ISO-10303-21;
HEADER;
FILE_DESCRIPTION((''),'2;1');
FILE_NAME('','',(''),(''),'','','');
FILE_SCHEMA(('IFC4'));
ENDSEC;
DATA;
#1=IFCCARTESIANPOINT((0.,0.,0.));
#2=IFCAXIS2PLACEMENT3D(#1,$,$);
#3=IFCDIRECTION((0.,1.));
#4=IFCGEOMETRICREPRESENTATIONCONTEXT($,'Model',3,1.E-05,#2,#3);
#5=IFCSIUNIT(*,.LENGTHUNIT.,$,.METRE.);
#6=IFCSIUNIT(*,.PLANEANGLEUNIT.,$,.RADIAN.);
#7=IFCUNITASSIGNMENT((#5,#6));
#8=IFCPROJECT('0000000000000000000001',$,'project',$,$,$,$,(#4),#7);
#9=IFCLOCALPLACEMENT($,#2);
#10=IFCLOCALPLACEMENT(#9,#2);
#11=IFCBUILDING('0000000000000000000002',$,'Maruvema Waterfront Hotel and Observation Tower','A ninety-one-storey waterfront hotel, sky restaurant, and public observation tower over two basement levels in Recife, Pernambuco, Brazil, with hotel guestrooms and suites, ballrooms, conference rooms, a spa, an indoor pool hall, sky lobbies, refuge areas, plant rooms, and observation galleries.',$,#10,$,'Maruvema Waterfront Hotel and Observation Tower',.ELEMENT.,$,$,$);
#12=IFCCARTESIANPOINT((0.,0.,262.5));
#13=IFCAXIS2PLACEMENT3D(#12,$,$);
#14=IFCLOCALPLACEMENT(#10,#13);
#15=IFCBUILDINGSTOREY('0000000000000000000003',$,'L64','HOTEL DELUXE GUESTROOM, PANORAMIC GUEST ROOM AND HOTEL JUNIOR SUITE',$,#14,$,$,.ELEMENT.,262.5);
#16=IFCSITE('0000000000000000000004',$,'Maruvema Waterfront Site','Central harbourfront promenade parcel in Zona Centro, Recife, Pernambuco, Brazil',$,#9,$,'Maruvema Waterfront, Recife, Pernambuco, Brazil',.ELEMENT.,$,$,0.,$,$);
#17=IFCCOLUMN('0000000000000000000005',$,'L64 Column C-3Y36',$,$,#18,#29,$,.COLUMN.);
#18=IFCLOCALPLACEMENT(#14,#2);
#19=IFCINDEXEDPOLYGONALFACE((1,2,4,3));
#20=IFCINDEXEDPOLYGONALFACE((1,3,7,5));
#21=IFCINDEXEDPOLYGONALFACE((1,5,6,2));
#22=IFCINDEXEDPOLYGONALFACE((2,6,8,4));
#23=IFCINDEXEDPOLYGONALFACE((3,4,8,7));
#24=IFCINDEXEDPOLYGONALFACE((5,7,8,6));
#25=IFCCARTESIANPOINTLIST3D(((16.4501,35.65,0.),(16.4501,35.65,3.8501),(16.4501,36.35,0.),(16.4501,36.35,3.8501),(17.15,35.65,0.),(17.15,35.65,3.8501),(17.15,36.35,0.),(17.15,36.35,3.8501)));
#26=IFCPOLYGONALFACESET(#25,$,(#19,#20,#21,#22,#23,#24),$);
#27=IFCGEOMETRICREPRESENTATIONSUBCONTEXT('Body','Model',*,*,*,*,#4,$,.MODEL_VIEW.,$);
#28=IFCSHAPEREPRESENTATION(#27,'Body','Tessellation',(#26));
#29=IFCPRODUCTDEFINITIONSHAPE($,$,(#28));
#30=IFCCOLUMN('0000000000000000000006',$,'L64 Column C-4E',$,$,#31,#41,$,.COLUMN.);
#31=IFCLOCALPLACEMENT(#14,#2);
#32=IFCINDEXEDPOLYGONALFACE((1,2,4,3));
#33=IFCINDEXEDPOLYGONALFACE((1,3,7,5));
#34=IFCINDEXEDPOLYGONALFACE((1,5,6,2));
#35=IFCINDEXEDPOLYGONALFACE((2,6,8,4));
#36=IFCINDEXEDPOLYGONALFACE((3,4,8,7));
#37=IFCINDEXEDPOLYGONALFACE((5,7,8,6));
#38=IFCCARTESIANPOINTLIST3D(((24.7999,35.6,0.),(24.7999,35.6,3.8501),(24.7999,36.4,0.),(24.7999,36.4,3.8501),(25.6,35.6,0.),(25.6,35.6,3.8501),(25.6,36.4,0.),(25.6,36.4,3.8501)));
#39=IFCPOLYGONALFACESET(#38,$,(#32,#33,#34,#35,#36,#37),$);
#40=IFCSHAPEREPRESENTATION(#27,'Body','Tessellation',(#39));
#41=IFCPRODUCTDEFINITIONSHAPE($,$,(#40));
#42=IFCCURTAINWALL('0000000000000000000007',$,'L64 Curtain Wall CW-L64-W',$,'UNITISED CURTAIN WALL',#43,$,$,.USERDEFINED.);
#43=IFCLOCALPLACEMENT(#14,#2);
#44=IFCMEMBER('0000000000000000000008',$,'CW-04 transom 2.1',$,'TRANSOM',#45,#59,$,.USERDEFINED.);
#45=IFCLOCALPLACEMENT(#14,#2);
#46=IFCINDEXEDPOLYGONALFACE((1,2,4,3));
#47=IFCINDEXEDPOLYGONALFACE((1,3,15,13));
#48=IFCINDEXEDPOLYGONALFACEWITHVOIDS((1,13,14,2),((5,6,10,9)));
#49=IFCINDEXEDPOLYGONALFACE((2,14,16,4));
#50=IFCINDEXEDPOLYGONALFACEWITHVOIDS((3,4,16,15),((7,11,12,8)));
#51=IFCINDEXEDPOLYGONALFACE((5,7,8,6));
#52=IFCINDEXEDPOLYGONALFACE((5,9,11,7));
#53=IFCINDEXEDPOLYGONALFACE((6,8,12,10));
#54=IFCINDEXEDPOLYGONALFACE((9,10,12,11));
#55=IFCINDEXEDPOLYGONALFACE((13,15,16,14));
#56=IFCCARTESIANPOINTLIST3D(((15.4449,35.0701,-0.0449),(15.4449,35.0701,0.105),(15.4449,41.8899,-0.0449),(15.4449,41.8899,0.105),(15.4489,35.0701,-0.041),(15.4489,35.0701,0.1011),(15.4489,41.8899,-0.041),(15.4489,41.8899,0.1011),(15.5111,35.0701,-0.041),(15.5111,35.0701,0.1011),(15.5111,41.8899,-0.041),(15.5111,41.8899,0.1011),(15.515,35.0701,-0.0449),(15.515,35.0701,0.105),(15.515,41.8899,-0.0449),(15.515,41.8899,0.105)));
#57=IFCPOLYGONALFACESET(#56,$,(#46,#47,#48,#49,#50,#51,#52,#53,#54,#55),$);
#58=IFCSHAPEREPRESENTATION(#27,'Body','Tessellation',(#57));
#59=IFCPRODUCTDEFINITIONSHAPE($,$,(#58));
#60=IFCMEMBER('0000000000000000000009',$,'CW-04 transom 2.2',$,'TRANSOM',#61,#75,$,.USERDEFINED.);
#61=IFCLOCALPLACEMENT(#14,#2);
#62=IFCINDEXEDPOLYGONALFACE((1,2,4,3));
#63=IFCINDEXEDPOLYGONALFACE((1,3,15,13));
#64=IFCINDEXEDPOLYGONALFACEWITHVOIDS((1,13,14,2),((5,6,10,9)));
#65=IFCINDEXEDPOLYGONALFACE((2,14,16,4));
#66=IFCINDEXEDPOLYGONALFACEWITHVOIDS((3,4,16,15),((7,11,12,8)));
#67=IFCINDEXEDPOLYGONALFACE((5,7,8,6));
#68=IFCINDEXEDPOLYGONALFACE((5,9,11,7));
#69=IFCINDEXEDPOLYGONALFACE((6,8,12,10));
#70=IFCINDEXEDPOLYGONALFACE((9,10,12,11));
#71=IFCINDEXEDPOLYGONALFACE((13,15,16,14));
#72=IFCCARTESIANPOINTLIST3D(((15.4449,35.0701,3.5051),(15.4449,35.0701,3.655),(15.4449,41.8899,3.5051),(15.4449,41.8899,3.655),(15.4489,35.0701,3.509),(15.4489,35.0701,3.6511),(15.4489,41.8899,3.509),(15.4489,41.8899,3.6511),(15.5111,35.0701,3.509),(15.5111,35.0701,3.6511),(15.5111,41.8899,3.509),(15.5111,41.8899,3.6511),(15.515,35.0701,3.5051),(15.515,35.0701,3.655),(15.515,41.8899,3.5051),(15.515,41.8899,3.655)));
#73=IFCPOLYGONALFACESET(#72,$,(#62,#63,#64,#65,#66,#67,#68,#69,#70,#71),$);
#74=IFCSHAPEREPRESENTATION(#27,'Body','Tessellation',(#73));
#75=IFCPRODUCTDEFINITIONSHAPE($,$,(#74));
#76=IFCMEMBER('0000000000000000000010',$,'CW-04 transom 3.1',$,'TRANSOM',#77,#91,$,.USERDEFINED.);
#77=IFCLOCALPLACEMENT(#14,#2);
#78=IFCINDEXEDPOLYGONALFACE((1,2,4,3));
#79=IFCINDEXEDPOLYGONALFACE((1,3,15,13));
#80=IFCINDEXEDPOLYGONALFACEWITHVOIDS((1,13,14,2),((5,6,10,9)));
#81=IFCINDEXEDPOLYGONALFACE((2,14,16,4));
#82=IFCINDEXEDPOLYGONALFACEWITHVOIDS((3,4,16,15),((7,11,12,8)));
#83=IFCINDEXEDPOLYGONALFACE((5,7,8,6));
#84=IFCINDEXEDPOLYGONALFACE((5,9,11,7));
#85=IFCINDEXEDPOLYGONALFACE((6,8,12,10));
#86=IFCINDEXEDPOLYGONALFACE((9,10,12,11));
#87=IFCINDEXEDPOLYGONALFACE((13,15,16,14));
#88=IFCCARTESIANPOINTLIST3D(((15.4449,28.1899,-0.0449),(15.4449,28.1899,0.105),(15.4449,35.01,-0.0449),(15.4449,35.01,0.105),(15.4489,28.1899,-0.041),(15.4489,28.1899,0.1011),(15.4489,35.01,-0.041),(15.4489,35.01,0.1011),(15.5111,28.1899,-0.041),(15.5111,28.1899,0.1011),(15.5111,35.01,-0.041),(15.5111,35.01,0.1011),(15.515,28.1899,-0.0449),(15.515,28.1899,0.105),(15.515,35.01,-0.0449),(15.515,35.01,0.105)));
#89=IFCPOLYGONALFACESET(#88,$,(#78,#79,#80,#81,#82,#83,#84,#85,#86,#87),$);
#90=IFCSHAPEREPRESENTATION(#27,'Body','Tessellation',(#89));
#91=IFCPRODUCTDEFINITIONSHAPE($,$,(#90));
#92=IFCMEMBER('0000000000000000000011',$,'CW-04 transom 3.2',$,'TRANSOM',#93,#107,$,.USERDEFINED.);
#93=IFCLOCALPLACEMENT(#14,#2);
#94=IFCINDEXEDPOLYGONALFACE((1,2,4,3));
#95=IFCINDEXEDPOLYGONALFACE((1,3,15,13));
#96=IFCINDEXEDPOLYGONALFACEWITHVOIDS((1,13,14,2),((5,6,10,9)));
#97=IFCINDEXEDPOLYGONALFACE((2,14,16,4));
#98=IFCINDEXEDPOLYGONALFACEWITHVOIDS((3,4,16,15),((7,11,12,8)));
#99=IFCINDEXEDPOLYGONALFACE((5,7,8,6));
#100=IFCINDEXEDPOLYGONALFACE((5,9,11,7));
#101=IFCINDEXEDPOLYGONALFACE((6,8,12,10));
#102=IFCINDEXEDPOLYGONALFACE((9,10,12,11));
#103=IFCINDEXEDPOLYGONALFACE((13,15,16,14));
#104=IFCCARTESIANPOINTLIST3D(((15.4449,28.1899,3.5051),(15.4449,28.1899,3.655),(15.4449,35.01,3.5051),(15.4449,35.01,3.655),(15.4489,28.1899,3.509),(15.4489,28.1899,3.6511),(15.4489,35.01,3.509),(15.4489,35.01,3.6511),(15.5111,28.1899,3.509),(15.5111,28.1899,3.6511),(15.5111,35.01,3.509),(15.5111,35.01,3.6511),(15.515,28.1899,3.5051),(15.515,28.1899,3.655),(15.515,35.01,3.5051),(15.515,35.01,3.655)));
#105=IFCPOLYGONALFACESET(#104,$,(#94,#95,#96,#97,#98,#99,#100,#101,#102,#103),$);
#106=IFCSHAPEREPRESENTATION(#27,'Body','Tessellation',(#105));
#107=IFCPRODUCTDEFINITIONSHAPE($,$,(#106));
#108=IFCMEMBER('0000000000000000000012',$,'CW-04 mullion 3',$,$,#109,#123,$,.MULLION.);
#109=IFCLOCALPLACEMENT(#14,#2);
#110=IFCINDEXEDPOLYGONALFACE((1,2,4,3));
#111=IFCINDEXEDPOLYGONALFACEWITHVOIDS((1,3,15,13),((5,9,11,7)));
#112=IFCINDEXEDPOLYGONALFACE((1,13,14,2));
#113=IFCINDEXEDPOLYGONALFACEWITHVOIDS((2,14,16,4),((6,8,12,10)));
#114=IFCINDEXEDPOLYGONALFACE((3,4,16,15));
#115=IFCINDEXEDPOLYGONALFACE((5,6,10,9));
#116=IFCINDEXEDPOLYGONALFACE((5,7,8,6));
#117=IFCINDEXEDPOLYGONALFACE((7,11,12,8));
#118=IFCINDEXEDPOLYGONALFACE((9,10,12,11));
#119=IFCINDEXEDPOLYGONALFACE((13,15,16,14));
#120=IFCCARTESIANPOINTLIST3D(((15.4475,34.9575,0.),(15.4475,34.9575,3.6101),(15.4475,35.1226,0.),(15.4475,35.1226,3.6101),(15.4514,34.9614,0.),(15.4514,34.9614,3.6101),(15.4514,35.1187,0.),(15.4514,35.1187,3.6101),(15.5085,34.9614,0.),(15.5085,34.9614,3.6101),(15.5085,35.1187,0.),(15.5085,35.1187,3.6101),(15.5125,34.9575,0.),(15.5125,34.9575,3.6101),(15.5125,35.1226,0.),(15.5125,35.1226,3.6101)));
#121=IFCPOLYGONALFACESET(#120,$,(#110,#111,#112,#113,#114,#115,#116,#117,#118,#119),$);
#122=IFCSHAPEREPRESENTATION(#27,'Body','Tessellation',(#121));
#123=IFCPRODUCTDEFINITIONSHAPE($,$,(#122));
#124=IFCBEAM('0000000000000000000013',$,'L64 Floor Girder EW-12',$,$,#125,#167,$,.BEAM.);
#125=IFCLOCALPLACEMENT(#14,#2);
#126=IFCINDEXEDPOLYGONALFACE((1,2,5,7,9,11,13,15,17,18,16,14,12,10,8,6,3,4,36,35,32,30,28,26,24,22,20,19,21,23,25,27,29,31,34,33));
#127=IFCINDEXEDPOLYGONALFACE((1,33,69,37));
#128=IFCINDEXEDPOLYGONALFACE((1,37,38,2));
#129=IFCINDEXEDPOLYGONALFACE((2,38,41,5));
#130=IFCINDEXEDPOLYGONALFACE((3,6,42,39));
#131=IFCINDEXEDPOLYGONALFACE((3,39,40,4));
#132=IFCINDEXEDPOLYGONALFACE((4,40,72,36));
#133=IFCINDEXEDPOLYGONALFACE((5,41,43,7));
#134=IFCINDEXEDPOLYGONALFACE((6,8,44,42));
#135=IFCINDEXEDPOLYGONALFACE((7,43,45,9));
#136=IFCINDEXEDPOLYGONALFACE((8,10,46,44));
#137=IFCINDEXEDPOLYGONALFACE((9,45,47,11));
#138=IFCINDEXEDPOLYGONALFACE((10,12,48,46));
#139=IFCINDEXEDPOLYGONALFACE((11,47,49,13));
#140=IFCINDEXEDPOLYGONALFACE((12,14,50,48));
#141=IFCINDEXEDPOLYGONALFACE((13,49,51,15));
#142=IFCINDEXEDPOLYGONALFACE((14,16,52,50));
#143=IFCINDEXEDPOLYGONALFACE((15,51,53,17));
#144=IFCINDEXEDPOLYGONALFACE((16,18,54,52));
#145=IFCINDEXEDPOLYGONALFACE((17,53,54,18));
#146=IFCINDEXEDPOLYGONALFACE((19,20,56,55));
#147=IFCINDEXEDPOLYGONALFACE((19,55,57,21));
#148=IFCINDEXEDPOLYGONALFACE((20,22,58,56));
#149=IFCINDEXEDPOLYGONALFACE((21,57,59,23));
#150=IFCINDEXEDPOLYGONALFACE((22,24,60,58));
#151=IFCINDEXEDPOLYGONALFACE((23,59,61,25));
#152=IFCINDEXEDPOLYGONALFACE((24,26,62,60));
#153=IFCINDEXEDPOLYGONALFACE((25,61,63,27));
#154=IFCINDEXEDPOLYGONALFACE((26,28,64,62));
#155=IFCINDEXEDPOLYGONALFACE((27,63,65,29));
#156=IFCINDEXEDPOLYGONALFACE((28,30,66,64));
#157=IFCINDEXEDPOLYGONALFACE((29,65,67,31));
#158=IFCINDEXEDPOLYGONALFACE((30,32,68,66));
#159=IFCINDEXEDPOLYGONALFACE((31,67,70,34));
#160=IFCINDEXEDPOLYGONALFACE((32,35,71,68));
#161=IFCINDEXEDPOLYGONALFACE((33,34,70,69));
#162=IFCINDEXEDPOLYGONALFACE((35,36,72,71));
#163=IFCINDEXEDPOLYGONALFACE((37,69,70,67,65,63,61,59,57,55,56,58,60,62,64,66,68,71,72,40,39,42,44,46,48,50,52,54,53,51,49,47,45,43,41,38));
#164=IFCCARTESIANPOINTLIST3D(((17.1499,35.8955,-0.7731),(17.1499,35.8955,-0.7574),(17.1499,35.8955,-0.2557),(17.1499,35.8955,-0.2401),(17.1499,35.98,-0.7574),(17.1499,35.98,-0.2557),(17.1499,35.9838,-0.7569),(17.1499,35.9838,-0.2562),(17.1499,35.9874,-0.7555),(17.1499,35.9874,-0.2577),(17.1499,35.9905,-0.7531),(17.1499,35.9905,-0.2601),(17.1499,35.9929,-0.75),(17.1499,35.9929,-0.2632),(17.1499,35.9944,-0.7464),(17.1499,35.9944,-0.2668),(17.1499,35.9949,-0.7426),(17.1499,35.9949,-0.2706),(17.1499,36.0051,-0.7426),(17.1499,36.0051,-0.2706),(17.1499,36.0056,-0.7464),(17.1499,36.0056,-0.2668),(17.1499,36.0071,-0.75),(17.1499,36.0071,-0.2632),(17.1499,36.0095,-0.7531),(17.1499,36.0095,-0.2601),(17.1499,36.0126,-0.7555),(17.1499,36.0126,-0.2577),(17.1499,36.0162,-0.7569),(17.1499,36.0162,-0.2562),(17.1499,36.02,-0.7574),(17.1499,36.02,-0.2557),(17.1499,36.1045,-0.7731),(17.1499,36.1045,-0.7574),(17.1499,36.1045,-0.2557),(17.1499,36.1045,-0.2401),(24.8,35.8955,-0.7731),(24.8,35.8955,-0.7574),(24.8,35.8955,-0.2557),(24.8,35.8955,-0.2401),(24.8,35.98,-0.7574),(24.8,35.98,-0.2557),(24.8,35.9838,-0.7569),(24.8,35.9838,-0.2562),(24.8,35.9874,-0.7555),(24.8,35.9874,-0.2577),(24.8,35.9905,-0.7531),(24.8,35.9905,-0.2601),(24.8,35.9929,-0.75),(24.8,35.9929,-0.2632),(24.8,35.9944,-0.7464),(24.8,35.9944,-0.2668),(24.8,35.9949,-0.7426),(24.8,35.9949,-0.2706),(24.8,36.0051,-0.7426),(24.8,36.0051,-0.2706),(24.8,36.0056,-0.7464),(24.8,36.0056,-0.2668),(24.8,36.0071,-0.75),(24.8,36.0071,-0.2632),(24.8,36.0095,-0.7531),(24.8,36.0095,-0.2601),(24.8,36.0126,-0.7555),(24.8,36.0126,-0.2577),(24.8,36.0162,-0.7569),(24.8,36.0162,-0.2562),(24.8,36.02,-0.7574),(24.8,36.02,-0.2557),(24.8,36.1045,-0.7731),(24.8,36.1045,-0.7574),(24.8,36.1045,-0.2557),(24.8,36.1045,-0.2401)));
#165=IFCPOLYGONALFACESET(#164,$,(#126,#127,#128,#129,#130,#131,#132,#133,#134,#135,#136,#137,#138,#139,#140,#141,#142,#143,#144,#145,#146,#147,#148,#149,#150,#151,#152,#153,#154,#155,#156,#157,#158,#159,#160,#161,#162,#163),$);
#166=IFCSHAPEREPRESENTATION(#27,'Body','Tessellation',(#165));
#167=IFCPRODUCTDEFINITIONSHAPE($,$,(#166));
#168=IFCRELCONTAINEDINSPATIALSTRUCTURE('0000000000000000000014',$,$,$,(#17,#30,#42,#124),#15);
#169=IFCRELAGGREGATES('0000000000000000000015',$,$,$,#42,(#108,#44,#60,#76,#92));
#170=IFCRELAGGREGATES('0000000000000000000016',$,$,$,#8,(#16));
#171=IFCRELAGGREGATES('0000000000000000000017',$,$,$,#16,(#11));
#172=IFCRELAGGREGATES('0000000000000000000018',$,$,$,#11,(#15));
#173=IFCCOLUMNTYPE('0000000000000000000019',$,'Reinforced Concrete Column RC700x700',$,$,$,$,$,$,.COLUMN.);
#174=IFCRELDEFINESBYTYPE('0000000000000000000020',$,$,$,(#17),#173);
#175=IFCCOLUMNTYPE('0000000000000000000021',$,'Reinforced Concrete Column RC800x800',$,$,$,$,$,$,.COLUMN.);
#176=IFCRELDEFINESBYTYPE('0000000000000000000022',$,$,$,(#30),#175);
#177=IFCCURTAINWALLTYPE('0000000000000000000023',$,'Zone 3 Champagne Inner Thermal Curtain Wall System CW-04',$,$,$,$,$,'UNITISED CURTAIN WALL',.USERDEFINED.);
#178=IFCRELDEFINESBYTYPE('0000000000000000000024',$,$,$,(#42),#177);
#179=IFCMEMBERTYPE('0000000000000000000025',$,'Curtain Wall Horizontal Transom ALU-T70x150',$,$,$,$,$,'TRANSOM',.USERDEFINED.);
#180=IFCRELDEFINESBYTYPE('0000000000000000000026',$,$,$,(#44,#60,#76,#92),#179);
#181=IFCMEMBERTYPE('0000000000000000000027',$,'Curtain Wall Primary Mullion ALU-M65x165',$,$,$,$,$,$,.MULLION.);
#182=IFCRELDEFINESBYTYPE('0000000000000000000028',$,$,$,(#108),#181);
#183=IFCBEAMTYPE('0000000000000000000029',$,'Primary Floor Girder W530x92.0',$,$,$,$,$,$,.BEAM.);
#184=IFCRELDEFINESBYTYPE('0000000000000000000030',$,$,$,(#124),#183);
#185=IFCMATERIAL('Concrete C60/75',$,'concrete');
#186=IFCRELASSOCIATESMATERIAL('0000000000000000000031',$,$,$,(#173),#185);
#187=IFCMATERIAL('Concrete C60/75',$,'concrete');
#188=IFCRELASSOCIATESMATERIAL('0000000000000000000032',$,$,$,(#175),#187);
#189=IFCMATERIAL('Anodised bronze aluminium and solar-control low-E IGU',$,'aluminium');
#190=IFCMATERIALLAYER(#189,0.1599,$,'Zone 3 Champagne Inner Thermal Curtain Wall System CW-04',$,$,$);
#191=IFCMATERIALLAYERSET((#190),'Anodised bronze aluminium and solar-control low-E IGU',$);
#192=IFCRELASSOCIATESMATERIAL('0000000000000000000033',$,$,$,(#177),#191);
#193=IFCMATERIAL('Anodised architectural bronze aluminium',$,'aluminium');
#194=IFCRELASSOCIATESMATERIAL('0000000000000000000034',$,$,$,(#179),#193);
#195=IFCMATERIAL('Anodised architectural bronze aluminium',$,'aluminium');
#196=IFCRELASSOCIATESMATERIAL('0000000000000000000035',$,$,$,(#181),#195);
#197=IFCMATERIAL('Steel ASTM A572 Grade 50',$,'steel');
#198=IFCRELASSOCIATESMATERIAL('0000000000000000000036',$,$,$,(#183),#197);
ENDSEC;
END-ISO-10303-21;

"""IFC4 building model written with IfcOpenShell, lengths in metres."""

from ifc_helpers import new_model, si_unit, direction, frame, origin, origin_2d, place, context, subcontext, project, spatial, rectangle, hollow_rectangle, i_section, extrude, material, layer, layer_set, material_profile, profile_set, type_object, element, aggregate, save


model = new_model("IFC4")

# Units and contexts
model_context = context("Model", 3, precision=1e-05, world=origin(), true_north=direction((0.0, 1.0)))
body_context = subcontext(model_context, "Body", "Model", "MODEL_VIEW")
ifc_project = project(units=[si_unit("LENGTHUNIT", "METRE"), si_unit("PLANEANGLEUNIT", "RADIAN")], contexts=[model_context])

# Site, building, storey
site_placement = place(None, origin())
site = spatial("IfcSite", under=ifc_project, at=site_placement, Name="Maruvema Waterfront Site", Description="Central harbourfront promenade parcel in Zona Centro, Recife, Pernambuco, Brazil", LongName="Maruvema Waterfront, Recife, Pernambuco, Brazil", CompositionType="ELEMENT", RefElevation=0.0)
building_placement = place(site_placement, origin())
building = spatial("IfcBuilding", under=site, at=building_placement, Name="Maruvema Waterfront Hotel and Observation Tower", Description="A ninety-one-storey waterfront hotel, sky restaurant, and public observation tower over two basement levels in Recife, Pernambuco, Brazil, with hotel guestrooms and suites, ballrooms, conference rooms, a spa, an indoor pool hall, sky lobbies, refuge areas, plant rooms, and observation galleries.", LongName="Maruvema Waterfront Hotel and Observation Tower", CompositionType="ELEMENT")
storey_placement = place(building_placement, frame((0.0, 0.0, 262.5)))
storey = spatial("IfcBuildingStorey", under=building, at=storey_placement, Name="L64", Description="HOTEL DELUXE GUESTROOM, PANORAMIC GUEST ROOM AND HOTEL JUNIOR SUITE", CompositionType="ELEMENT", Elevation=262.5)

# Columns
ifc_material_1 = material(Name="Concrete C60/75", Category="concrete")
ifc_material_profile_1 = material_profile(ifc_material_1, rectangle(XDim=0.7, YDim=0.7, at=origin_2d()), Name="RC700x700")
ifc_profile_set_1 = profile_set([ifc_material_profile_1], Name="Concrete C60/75")
column_type_1 = type_object("IfcColumnType", Name="Reinforced Concrete Column RC700x700", PredefinedType="COLUMN", material=ifc_profile_set_1)
column_1_placement = place(storey_placement, frame((16.8, 36.0, 0.0), z_axis=(0.0, 0.0, 1.0), x_axis=(1.0, 0.0, 0.0)))
element("IfcColumn", 1, at=column_1_placement, inside=storey, type_object=column_type_1, Name="L64 Column C-3Y36", PredefinedType="COLUMN", context=body_context, shape_type="SweptSolid", body=[
    extrude(rectangle(XDim=0.7, YDim=0.7, at=origin_2d()), origin(), (0.0, 0.0, 1.0), 3.8501),
])
ifc_material_2 = material(Name="Concrete C60/75", Category="concrete")
ifc_material_profile_2 = material_profile(ifc_material_2, rectangle(XDim=0.8, YDim=0.8, at=origin_2d()), Name="RC800x800")
ifc_profile_set_2 = profile_set([ifc_material_profile_2], Name="Concrete C60/75")
column_type_2 = type_object("IfcColumnType", Name="Reinforced Concrete Column RC800x800", PredefinedType="COLUMN", material=ifc_profile_set_2)
column_2_placement = place(storey_placement, frame((25.2, 36.0, 0.0), z_axis=(0.0, 0.0, 1.0), x_axis=(1.0, 0.0, 0.0)))
element("IfcColumn", 2, at=column_2_placement, inside=storey, type_object=column_type_2, Name="L64 Column C-4E", PredefinedType="COLUMN", context=body_context, shape_type="SweptSolid", body=[
    extrude(rectangle(XDim=0.8, YDim=0.8, at=origin_2d()), origin(), (0.0, 0.0, 1.0), 3.8501),
])

# Curtain wall, members
ifc_material_3 = material(Name="Anodised bronze aluminium and solar-control low-E IGU", Category="aluminium")
ifc_layer_1 = layer(ifc_material_3, 0.1599, Name="Zone 3 Champagne Inner Thermal Curtain Wall System CW-04")
ifc_layer_set_1 = layer_set([ifc_layer_1], Name="Anodised bronze aluminium and solar-control low-E IGU")
curtain_wall_type = type_object("IfcCurtainWallType", Name="Zone 3 Champagne Inner Thermal Curtain Wall System CW-04", ElementType="UNITISED CURTAIN WALL", PredefinedType="USERDEFINED", material=ifc_layer_set_1)
curtain_wall_placement = place(storey_placement, origin())
curtain_wall = element("IfcCurtainWall", 3, at=curtain_wall_placement, inside=storey, type_object=curtain_wall_type, Name="L64 Curtain Wall CW-L64-W", ObjectType="UNITISED CURTAIN WALL", PredefinedType="USERDEFINED")
ifc_material_4 = material(Name="Anodised architectural bronze aluminium", Category="aluminium")
ifc_material_profile_3 = material_profile(ifc_material_4, hollow_rectangle(XDim=0.0701, YDim=0.1499, WallThickness=0.0039, at=origin_2d()), Name="ALU-T70x150")
ifc_profile_set_3 = profile_set([ifc_material_profile_3], Name="Anodised architectural bronze aluminium")
member_type_1 = type_object("IfcMemberType", Name="Curtain Wall Horizontal Transom ALU-T70x150", ElementType="TRANSOM", PredefinedType="USERDEFINED", material=ifc_profile_set_3)
member_1_placement = place(storey_placement, frame((15.48, 41.8899, 0.03), z_axis=(0.0, -1.0, 0.0), x_axis=(1.0, 0.0, 0.0)))
member_1 = element("IfcMember", 4, at=member_1_placement, type_object=member_type_1, Name="CW-04 transom 2.1", ObjectType="TRANSOM", PredefinedType="USERDEFINED", context=body_context, shape_type="SweptSolid", body=[
    extrude(hollow_rectangle(XDim=0.0701, YDim=0.1499, WallThickness=0.0039, at=origin_2d()), origin(), (0.0, 0.0, 1.0), 6.8198),
])
member_2_placement = place(storey_placement, frame((15.48, 41.8899, 3.5801), z_axis=(0.0, -1.0, 0.0), x_axis=(1.0, 0.0, 0.0)))
member_2 = element("IfcMember", 5, at=member_2_placement, type_object=member_type_1, Name="CW-04 transom 2.2", ObjectType="TRANSOM", PredefinedType="USERDEFINED", context=body_context, shape_type="SweptSolid", body=[
    extrude(hollow_rectangle(XDim=0.0701, YDim=0.1499, WallThickness=0.0039, at=origin_2d()), origin(), (0.0, 0.0, 1.0), 6.8198),
])
member_3_placement = place(storey_placement, frame((15.48, 35.01, 0.03), z_axis=(0.0, -1.0, 0.0), x_axis=(1.0, 0.0, 0.0)))
member_3 = element("IfcMember", 6, at=member_3_placement, type_object=member_type_1, Name="CW-04 transom 3.1", ObjectType="TRANSOM", PredefinedType="USERDEFINED", context=body_context, shape_type="SweptSolid", body=[
    extrude(hollow_rectangle(XDim=0.0701, YDim=0.1499, WallThickness=0.0039, at=origin_2d()), origin(), (0.0, 0.0, 1.0), 6.8201),
])
member_4_placement = place(storey_placement, frame((15.48, 35.01, 3.5801), z_axis=(0.0, -1.0, 0.0), x_axis=(1.0, 0.0, 0.0)))
member_4 = element("IfcMember", 7, at=member_4_placement, type_object=member_type_1, Name="CW-04 transom 3.2", ObjectType="TRANSOM", PredefinedType="USERDEFINED", context=body_context, shape_type="SweptSolid", body=[
    extrude(hollow_rectangle(XDim=0.0701, YDim=0.1499, WallThickness=0.0039, at=origin_2d()), origin(), (0.0, 0.0, 1.0), 6.8201),
])
ifc_material_5 = material(Name="Anodised architectural bronze aluminium", Category="aluminium")
ifc_material_profile_4 = material_profile(ifc_material_5, hollow_rectangle(XDim=0.0649, YDim=0.165, WallThickness=0.0039, at=origin_2d()), Name="ALU-M65x165")
ifc_profile_set_4 = profile_set([ifc_material_profile_4], Name="Anodised architectural bronze aluminium")
member_type_2 = type_object("IfcMemberType", Name="Curtain Wall Primary Mullion ALU-M65x165", PredefinedType="MULLION", material=ifc_profile_set_4)
member_5_placement = place(storey_placement, frame((15.48, 35.04, 0.0), z_axis=(0.0, 0.0, 1.0), x_axis=(1.0, 0.0, 0.0)))
member_5 = element("IfcMember", 8, at=member_5_placement, type_object=member_type_2, Name="CW-04 mullion 3", PredefinedType="MULLION", context=body_context, shape_type="SweptSolid", body=[
    extrude(hollow_rectangle(XDim=0.0649, YDim=0.165, WallThickness=0.0039, at=origin_2d()), origin(), (0.0, 0.0, 1.0), 3.6101),
])

# Beam
ifc_material_6 = material(Name="Steel ASTM A572 Grade 50", Category="steel")
ifc_material_profile_5 = material_profile(ifc_material_6, i_section(OverallWidth=0.209, OverallDepth=0.533, WebThickness=0.0103, FlangeThickness=0.0156, FilletRadius=0.0149, at=origin_2d()), Name="W530x92.0")
ifc_profile_set_5 = profile_set([ifc_material_profile_5], Name="Steel ASTM A572 Grade 50")
beam_type_1 = type_object("IfcBeamType", Name="Primary Floor Girder W530x92.0", PredefinedType="BEAM", material=ifc_profile_set_5)
beam_1_placement = place(storey_placement, frame((17.1499, 36.0, -0.5066), z_axis=(1.0, 0.0, 0.0), x_axis=(0.0, 1.0, 0.0)))
element("IfcBeam", 9, at=beam_1_placement, inside=storey, type_object=beam_type_1, Name="L64 Floor Girder EW-12", PredefinedType="BEAM", context=body_context, shape_type="SweptSolid", body=[
    extrude(i_section(OverallWidth=0.209, OverallDepth=0.533, WebThickness=0.0103, FlangeThickness=0.0156, FilletRadius=0.0149, at=origin_2d()), origin(), (0.0, 0.0, 1.0), 7.6501),
])

aggregate(curtain_wall, [member_5, member_1, member_2, member_3, member_4])

save(model, "model.ifc")
